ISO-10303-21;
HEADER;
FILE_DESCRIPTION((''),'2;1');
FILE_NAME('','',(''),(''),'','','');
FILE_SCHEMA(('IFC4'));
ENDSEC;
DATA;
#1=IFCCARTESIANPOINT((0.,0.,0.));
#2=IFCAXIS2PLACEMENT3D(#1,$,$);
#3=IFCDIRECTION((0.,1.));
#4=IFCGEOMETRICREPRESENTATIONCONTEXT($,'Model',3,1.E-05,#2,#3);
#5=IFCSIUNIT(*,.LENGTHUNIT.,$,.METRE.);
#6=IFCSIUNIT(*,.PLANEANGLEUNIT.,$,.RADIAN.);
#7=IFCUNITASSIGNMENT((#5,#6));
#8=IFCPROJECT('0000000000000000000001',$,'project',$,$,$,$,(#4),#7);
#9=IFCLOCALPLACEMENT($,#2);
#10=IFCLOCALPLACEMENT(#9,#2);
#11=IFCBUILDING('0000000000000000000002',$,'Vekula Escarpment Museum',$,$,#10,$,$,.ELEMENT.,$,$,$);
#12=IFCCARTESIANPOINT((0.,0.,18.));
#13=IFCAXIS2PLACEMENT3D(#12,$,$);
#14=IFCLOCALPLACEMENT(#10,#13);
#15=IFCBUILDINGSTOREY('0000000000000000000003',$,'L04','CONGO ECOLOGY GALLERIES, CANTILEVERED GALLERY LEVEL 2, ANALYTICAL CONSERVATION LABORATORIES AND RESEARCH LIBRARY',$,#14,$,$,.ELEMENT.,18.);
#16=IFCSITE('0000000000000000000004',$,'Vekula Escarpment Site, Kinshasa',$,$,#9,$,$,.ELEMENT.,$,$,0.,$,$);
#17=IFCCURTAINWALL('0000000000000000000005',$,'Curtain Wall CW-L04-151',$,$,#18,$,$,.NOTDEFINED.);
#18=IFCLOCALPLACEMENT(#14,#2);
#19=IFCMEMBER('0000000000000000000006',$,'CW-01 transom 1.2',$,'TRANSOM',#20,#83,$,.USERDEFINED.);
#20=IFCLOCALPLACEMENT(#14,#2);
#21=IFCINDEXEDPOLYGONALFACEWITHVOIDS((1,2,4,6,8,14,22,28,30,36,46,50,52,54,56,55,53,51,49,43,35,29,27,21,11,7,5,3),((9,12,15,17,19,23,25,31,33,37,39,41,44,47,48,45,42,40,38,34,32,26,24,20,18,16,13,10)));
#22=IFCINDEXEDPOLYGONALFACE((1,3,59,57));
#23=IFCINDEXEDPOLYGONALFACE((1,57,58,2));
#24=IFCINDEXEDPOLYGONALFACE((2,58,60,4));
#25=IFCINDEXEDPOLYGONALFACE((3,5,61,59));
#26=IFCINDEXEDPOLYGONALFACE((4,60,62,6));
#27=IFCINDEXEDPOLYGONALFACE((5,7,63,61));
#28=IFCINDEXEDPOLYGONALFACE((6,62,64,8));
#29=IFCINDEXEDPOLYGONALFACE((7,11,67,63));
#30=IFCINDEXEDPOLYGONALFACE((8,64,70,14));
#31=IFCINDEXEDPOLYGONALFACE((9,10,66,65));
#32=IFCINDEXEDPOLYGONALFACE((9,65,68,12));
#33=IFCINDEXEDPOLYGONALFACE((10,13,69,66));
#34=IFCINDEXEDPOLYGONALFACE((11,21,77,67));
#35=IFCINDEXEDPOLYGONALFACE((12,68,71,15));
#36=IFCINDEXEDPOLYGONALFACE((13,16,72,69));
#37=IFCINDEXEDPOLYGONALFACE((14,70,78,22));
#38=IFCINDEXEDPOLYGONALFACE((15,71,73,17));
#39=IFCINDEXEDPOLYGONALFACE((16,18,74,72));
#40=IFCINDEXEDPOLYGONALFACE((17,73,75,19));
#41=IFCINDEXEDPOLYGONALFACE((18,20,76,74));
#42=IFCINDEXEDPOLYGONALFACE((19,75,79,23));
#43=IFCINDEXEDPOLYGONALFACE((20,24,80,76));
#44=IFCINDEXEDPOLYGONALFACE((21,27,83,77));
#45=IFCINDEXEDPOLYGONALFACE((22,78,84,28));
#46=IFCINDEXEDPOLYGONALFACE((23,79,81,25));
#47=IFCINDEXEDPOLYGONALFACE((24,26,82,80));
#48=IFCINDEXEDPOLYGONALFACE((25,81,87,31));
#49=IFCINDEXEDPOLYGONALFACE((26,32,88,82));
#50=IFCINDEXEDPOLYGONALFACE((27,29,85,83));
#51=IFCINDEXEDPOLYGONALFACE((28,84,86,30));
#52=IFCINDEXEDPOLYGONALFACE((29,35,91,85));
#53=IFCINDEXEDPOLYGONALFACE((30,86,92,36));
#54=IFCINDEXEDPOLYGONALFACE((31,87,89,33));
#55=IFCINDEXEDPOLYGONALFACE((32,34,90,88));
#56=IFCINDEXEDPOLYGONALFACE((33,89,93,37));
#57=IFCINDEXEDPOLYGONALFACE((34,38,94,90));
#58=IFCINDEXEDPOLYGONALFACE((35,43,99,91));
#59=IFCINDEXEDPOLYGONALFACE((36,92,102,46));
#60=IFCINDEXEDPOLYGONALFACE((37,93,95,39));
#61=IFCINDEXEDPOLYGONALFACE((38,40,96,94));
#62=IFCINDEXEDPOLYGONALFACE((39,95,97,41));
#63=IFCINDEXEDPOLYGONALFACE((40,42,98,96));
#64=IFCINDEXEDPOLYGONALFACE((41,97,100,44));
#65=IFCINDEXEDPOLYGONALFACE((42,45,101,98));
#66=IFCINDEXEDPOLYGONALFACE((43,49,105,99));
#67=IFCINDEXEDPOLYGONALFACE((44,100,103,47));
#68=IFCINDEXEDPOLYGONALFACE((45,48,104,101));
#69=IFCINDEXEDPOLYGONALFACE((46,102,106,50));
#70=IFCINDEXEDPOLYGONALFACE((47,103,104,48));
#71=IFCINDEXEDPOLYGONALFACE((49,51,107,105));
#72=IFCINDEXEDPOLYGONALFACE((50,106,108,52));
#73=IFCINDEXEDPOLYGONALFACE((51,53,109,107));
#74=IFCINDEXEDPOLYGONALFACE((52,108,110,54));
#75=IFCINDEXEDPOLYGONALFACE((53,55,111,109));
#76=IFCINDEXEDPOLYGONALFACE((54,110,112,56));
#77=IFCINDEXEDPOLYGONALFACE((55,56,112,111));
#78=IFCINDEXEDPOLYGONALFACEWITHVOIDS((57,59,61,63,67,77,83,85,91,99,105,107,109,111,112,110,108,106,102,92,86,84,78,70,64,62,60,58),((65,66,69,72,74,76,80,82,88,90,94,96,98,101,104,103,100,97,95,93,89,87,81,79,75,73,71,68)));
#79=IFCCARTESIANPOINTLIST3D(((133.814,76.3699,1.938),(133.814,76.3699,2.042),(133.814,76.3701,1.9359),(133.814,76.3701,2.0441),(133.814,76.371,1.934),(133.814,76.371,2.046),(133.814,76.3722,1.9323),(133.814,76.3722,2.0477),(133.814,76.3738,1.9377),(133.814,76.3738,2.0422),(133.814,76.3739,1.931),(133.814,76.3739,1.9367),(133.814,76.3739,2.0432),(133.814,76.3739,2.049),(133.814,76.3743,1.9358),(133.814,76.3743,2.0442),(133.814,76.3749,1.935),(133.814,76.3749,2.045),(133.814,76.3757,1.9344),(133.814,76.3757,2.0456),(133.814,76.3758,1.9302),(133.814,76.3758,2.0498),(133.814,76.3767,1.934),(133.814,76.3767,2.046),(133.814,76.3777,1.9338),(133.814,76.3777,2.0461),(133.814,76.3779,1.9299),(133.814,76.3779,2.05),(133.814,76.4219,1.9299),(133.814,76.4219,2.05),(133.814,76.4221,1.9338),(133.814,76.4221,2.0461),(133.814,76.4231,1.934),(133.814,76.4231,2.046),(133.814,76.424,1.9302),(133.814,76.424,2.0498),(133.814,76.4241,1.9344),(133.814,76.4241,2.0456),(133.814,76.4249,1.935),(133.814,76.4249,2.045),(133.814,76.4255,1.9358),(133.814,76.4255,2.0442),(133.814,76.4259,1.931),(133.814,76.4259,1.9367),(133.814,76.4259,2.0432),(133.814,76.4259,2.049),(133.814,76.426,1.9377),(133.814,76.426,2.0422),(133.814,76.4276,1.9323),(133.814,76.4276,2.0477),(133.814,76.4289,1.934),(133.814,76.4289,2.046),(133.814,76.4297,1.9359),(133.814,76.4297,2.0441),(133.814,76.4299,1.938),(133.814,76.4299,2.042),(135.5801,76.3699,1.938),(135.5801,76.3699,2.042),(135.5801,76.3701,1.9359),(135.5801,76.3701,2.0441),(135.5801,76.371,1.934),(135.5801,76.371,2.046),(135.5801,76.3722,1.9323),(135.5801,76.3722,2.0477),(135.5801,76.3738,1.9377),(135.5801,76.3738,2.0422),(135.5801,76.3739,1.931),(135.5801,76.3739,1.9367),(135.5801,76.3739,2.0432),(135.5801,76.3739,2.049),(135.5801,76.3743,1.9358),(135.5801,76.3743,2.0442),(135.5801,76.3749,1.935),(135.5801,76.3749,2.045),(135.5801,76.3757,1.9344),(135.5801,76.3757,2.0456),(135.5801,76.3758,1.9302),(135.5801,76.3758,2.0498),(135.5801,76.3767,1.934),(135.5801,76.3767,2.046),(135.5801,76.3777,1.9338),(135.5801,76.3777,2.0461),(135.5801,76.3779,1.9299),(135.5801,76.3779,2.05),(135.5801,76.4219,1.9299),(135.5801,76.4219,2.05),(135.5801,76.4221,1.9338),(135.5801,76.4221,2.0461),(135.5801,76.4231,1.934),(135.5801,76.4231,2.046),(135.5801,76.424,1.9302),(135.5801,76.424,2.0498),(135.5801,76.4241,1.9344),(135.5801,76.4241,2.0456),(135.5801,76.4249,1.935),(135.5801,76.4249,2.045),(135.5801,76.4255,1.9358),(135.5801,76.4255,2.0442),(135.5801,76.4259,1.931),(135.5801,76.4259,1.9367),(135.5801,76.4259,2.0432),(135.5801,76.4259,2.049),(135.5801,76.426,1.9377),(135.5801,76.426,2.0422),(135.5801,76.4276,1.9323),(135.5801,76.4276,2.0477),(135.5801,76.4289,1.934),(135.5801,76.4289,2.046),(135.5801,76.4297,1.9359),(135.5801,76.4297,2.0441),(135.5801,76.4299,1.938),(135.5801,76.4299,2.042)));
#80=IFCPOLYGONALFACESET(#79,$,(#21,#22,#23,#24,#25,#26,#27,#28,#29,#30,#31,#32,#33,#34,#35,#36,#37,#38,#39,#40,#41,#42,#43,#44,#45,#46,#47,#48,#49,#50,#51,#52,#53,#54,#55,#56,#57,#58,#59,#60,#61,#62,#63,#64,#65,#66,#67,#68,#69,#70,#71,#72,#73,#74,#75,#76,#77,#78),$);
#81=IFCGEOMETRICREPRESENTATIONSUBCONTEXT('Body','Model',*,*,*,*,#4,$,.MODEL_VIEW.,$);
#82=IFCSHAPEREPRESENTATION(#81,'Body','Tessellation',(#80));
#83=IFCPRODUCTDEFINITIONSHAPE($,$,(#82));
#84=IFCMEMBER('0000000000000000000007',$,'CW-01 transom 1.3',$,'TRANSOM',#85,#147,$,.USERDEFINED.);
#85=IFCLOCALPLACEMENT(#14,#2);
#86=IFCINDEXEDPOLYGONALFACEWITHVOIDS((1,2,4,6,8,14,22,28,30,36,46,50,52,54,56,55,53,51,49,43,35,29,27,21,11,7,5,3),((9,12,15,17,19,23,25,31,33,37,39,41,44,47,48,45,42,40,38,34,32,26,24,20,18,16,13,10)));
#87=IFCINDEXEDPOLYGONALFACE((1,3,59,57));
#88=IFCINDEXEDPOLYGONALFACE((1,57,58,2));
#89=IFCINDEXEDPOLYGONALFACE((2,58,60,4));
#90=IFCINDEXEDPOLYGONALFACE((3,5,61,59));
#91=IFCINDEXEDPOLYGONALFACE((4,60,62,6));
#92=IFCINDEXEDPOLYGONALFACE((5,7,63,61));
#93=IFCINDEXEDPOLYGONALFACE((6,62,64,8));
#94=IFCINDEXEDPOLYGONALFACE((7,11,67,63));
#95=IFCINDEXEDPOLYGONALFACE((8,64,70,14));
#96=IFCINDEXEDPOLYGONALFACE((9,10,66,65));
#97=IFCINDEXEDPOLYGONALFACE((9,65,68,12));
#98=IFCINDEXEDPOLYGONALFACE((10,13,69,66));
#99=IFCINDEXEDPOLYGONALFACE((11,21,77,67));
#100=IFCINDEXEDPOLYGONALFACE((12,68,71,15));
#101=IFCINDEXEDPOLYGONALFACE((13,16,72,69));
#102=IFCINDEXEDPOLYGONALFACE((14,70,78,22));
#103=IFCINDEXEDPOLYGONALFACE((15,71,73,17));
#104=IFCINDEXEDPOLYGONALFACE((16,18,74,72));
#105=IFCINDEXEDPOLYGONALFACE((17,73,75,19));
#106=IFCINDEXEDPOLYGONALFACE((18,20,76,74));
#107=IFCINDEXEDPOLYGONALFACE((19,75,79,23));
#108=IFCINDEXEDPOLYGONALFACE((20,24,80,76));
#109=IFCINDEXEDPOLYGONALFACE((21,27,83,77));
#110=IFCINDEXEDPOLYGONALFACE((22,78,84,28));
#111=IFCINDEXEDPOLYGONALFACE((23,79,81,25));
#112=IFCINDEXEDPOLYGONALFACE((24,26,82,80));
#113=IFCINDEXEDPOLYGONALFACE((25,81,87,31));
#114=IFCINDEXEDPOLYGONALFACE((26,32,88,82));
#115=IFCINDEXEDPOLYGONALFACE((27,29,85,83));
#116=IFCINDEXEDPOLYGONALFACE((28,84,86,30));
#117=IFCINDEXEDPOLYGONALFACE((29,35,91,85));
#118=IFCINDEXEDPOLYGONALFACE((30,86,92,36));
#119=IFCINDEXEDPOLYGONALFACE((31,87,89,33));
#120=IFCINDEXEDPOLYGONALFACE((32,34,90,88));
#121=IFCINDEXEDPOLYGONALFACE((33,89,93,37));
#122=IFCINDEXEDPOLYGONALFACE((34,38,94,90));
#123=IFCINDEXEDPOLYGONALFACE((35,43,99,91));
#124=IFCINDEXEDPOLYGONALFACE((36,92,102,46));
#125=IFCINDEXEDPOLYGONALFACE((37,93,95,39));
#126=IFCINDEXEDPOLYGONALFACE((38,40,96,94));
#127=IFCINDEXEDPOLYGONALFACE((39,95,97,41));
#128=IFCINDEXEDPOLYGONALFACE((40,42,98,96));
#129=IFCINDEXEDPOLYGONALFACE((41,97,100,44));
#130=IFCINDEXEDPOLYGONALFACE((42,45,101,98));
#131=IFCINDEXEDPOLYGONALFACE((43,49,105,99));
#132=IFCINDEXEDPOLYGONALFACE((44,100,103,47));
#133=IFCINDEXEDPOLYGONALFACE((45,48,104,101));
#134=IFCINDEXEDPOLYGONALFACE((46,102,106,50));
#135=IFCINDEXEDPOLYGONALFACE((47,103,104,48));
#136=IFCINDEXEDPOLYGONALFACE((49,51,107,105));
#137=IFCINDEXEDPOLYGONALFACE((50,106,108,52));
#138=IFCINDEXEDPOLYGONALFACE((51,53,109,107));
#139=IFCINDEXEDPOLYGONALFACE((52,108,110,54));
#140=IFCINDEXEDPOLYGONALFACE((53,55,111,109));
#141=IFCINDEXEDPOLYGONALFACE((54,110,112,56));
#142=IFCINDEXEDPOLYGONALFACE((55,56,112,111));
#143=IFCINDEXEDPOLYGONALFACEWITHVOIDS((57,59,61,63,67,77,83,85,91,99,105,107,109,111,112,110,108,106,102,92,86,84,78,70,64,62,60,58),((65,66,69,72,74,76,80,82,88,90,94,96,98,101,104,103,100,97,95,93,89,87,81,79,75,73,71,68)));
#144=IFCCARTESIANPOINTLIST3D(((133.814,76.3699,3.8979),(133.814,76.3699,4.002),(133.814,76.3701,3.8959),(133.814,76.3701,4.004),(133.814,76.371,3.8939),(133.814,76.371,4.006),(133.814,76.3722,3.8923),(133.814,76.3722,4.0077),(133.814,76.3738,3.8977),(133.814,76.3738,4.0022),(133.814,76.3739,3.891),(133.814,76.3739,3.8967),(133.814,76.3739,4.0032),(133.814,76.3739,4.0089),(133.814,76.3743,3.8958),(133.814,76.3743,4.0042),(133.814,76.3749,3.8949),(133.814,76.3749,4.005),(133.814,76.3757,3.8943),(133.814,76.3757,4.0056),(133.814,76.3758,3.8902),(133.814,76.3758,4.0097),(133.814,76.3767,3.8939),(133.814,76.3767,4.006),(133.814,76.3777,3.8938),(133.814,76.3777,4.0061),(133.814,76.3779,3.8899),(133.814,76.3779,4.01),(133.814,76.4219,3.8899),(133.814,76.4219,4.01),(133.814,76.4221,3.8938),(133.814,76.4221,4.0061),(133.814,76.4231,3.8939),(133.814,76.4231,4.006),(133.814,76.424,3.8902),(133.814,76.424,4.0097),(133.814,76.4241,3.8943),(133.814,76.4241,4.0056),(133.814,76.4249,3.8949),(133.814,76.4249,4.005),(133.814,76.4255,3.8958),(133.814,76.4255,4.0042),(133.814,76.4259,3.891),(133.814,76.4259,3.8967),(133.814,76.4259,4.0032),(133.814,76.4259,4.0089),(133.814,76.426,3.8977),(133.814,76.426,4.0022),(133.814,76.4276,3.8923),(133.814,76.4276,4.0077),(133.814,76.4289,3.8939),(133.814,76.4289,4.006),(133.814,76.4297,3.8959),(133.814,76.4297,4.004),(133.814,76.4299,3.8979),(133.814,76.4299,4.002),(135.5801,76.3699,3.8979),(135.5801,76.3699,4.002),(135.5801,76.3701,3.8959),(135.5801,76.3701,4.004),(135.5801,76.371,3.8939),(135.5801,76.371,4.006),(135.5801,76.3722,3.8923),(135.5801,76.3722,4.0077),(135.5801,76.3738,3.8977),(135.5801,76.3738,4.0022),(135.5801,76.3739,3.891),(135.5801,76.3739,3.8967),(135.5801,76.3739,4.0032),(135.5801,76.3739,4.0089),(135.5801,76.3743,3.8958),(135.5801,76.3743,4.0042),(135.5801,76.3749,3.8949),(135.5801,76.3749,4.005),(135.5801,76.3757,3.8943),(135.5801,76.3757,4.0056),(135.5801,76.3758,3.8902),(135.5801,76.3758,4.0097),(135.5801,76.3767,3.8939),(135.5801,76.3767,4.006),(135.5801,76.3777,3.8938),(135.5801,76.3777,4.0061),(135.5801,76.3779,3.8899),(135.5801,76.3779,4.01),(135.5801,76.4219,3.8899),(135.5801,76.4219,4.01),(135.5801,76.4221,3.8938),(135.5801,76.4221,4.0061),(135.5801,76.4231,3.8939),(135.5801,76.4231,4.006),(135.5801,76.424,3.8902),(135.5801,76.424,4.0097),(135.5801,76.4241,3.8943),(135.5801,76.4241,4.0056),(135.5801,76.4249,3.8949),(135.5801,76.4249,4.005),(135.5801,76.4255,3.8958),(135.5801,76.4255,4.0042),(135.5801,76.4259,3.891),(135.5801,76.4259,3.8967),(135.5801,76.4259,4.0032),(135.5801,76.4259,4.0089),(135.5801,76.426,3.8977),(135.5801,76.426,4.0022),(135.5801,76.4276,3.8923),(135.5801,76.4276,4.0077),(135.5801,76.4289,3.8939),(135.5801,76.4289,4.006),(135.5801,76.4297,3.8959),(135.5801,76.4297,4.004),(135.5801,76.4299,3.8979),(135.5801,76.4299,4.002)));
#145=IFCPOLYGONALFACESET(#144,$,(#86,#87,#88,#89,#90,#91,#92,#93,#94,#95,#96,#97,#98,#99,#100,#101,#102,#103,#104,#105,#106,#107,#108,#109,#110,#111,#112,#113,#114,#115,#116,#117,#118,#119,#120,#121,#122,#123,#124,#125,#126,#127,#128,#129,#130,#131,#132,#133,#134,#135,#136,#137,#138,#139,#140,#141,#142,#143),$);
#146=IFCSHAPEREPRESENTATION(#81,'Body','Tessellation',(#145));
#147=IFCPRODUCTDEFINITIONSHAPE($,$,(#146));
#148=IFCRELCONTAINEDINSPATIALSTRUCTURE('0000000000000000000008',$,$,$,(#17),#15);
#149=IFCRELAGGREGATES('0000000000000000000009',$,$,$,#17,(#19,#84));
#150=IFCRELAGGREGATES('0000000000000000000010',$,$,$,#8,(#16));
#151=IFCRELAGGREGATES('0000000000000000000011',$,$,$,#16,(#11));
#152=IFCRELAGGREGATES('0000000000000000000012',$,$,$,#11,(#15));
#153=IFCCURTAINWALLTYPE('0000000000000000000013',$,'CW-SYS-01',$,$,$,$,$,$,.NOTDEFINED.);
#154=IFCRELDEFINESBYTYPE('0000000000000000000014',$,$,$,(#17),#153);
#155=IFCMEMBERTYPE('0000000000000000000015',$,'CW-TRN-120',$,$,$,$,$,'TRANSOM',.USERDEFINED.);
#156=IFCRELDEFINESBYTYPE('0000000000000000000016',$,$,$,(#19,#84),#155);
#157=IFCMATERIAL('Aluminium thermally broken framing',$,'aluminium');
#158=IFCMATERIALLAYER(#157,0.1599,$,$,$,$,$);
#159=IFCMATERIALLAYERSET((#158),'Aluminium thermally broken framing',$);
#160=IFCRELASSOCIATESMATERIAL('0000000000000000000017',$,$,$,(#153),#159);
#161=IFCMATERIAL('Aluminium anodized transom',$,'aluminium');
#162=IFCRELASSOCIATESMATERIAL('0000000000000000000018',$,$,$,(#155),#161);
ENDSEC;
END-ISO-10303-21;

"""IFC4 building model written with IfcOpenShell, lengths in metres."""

from ifc_helpers import new_model, si_unit, direction, frame, origin, origin_2d, place, context, subcontext, project, spatial, hollow_rectangle, extrude, material, layer, layer_set, material_profile, profile_set, type_object, element, aggregate, save


model = new_model("IFC4")

# Units and contexts
model_context = context("Model", 3, precision=1e-05, world=origin(), true_north=direction((0.0, 1.0)))
body_context = subcontext(model_context, "Body", "Model", "MODEL_VIEW")
ifc_project = project(units=[si_unit("LENGTHUNIT", "METRE"), si_unit("PLANEANGLEUNIT", "RADIAN")], contexts=[model_context])

# Site, building, storey
site_placement = place(None, origin())
site = spatial("IfcSite", under=ifc_project, at=site_placement, Name="Vekula Escarpment Site, Kinshasa", CompositionType="ELEMENT", RefElevation=0.0)
building_placement = place(site_placement, origin())
building = spatial("IfcBuilding", under=site, at=building_placement, Name="Vekula Escarpment Museum", CompositionType="ELEMENT")
storey_placement = place(building_placement, frame((0.0, 0.0, 18.0)))
storey = spatial("IfcBuildingStorey", under=building, at=storey_placement, Name="L04", Description="CONGO ECOLOGY GALLERIES, CANTILEVERED GALLERY LEVEL 2, ANALYTICAL CONSERVATION LABORATORIES AND RESEARCH LIBRARY", CompositionType="ELEMENT", Elevation=18.0)

# Curtain wall
ifc_material_1 = material(Name="Aluminium thermally broken framing", Category="aluminium")
ifc_layer_1 = layer(ifc_material_1, 0.1599)
ifc_layer_set_1 = layer_set([ifc_layer_1], Name="Aluminium thermally broken framing")
curtain_wall_type_1 = type_object("IfcCurtainWallType", Name="CW-SYS-01", PredefinedType="NOTDEFINED", material=ifc_layer_set_1)
curtain_wall_1_placement = place(storey_placement, origin())
curtain_wall_1 = element("IfcCurtainWall", 1, at=curtain_wall_1_placement, inside=storey, type_object=curtain_wall_type_1, Name="Curtain Wall CW-L04-151", PredefinedType="NOTDEFINED")

# Members
ifc_material_2 = material(Name="Aluminium anodized transom", Category="aluminium")
ifc_material_profile_1 = material_profile(ifc_material_2, hollow_rectangle(XDim=0.0601, YDim=0.1201, WallThickness=0.0039, InnerFilletRadius=0.0039, OuterFilletRadius=0.0081, at=origin_2d()), Name="ALU 120x60x4")
ifc_profile_set_1 = profile_set([ifc_material_profile_1], Name="Aluminium anodized transom")
member_type_1 = type_object("IfcMemberType", Name="CW-TRN-120", ElementType="TRANSOM", PredefinedType="USERDEFINED", material=ifc_profile_set_1)
member_1_placement = place(storey_placement, frame((135.5801, 76.3999, 1.99), z_axis=(-1.0, 0.0, 0.0), x_axis=(0.0, -1.0, 0.0)))
member_1 = element("IfcMember", 2, at=member_1_placement, type_object=member_type_1, Name="CW-01 transom 1.2", ObjectType="TRANSOM", PredefinedType="USERDEFINED", context=body_context, shape_type="SweptSolid", body=[
    extrude(hollow_rectangle(XDim=0.0601, YDim=0.1201, WallThickness=0.0039, InnerFilletRadius=0.0039, OuterFilletRadius=0.0081, at=origin_2d()), origin(), (0.0, 0.0, 1.0), 1.7661),
])
member_2_placement = place(storey_placement, frame((135.5801, 76.3999, 3.95), z_axis=(-1.0, 0.0, 0.0), x_axis=(0.0, -1.0, 0.0)))
member_2 = element("IfcMember", 3, at=member_2_placement, type_object=member_type_1, Name="CW-01 transom 1.3", ObjectType="TRANSOM", PredefinedType="USERDEFINED", context=body_context, shape_type="SweptSolid", body=[
    extrude(hollow_rectangle(XDim=0.0601, YDim=0.1201, WallThickness=0.0039, InnerFilletRadius=0.0039, OuterFilletRadius=0.0081, at=origin_2d()), origin(), (0.0, 0.0, 1.0), 1.7661),
])

aggregate(curtain_wall_1, [member_1, member_2])

save(model, "model.ifc")
